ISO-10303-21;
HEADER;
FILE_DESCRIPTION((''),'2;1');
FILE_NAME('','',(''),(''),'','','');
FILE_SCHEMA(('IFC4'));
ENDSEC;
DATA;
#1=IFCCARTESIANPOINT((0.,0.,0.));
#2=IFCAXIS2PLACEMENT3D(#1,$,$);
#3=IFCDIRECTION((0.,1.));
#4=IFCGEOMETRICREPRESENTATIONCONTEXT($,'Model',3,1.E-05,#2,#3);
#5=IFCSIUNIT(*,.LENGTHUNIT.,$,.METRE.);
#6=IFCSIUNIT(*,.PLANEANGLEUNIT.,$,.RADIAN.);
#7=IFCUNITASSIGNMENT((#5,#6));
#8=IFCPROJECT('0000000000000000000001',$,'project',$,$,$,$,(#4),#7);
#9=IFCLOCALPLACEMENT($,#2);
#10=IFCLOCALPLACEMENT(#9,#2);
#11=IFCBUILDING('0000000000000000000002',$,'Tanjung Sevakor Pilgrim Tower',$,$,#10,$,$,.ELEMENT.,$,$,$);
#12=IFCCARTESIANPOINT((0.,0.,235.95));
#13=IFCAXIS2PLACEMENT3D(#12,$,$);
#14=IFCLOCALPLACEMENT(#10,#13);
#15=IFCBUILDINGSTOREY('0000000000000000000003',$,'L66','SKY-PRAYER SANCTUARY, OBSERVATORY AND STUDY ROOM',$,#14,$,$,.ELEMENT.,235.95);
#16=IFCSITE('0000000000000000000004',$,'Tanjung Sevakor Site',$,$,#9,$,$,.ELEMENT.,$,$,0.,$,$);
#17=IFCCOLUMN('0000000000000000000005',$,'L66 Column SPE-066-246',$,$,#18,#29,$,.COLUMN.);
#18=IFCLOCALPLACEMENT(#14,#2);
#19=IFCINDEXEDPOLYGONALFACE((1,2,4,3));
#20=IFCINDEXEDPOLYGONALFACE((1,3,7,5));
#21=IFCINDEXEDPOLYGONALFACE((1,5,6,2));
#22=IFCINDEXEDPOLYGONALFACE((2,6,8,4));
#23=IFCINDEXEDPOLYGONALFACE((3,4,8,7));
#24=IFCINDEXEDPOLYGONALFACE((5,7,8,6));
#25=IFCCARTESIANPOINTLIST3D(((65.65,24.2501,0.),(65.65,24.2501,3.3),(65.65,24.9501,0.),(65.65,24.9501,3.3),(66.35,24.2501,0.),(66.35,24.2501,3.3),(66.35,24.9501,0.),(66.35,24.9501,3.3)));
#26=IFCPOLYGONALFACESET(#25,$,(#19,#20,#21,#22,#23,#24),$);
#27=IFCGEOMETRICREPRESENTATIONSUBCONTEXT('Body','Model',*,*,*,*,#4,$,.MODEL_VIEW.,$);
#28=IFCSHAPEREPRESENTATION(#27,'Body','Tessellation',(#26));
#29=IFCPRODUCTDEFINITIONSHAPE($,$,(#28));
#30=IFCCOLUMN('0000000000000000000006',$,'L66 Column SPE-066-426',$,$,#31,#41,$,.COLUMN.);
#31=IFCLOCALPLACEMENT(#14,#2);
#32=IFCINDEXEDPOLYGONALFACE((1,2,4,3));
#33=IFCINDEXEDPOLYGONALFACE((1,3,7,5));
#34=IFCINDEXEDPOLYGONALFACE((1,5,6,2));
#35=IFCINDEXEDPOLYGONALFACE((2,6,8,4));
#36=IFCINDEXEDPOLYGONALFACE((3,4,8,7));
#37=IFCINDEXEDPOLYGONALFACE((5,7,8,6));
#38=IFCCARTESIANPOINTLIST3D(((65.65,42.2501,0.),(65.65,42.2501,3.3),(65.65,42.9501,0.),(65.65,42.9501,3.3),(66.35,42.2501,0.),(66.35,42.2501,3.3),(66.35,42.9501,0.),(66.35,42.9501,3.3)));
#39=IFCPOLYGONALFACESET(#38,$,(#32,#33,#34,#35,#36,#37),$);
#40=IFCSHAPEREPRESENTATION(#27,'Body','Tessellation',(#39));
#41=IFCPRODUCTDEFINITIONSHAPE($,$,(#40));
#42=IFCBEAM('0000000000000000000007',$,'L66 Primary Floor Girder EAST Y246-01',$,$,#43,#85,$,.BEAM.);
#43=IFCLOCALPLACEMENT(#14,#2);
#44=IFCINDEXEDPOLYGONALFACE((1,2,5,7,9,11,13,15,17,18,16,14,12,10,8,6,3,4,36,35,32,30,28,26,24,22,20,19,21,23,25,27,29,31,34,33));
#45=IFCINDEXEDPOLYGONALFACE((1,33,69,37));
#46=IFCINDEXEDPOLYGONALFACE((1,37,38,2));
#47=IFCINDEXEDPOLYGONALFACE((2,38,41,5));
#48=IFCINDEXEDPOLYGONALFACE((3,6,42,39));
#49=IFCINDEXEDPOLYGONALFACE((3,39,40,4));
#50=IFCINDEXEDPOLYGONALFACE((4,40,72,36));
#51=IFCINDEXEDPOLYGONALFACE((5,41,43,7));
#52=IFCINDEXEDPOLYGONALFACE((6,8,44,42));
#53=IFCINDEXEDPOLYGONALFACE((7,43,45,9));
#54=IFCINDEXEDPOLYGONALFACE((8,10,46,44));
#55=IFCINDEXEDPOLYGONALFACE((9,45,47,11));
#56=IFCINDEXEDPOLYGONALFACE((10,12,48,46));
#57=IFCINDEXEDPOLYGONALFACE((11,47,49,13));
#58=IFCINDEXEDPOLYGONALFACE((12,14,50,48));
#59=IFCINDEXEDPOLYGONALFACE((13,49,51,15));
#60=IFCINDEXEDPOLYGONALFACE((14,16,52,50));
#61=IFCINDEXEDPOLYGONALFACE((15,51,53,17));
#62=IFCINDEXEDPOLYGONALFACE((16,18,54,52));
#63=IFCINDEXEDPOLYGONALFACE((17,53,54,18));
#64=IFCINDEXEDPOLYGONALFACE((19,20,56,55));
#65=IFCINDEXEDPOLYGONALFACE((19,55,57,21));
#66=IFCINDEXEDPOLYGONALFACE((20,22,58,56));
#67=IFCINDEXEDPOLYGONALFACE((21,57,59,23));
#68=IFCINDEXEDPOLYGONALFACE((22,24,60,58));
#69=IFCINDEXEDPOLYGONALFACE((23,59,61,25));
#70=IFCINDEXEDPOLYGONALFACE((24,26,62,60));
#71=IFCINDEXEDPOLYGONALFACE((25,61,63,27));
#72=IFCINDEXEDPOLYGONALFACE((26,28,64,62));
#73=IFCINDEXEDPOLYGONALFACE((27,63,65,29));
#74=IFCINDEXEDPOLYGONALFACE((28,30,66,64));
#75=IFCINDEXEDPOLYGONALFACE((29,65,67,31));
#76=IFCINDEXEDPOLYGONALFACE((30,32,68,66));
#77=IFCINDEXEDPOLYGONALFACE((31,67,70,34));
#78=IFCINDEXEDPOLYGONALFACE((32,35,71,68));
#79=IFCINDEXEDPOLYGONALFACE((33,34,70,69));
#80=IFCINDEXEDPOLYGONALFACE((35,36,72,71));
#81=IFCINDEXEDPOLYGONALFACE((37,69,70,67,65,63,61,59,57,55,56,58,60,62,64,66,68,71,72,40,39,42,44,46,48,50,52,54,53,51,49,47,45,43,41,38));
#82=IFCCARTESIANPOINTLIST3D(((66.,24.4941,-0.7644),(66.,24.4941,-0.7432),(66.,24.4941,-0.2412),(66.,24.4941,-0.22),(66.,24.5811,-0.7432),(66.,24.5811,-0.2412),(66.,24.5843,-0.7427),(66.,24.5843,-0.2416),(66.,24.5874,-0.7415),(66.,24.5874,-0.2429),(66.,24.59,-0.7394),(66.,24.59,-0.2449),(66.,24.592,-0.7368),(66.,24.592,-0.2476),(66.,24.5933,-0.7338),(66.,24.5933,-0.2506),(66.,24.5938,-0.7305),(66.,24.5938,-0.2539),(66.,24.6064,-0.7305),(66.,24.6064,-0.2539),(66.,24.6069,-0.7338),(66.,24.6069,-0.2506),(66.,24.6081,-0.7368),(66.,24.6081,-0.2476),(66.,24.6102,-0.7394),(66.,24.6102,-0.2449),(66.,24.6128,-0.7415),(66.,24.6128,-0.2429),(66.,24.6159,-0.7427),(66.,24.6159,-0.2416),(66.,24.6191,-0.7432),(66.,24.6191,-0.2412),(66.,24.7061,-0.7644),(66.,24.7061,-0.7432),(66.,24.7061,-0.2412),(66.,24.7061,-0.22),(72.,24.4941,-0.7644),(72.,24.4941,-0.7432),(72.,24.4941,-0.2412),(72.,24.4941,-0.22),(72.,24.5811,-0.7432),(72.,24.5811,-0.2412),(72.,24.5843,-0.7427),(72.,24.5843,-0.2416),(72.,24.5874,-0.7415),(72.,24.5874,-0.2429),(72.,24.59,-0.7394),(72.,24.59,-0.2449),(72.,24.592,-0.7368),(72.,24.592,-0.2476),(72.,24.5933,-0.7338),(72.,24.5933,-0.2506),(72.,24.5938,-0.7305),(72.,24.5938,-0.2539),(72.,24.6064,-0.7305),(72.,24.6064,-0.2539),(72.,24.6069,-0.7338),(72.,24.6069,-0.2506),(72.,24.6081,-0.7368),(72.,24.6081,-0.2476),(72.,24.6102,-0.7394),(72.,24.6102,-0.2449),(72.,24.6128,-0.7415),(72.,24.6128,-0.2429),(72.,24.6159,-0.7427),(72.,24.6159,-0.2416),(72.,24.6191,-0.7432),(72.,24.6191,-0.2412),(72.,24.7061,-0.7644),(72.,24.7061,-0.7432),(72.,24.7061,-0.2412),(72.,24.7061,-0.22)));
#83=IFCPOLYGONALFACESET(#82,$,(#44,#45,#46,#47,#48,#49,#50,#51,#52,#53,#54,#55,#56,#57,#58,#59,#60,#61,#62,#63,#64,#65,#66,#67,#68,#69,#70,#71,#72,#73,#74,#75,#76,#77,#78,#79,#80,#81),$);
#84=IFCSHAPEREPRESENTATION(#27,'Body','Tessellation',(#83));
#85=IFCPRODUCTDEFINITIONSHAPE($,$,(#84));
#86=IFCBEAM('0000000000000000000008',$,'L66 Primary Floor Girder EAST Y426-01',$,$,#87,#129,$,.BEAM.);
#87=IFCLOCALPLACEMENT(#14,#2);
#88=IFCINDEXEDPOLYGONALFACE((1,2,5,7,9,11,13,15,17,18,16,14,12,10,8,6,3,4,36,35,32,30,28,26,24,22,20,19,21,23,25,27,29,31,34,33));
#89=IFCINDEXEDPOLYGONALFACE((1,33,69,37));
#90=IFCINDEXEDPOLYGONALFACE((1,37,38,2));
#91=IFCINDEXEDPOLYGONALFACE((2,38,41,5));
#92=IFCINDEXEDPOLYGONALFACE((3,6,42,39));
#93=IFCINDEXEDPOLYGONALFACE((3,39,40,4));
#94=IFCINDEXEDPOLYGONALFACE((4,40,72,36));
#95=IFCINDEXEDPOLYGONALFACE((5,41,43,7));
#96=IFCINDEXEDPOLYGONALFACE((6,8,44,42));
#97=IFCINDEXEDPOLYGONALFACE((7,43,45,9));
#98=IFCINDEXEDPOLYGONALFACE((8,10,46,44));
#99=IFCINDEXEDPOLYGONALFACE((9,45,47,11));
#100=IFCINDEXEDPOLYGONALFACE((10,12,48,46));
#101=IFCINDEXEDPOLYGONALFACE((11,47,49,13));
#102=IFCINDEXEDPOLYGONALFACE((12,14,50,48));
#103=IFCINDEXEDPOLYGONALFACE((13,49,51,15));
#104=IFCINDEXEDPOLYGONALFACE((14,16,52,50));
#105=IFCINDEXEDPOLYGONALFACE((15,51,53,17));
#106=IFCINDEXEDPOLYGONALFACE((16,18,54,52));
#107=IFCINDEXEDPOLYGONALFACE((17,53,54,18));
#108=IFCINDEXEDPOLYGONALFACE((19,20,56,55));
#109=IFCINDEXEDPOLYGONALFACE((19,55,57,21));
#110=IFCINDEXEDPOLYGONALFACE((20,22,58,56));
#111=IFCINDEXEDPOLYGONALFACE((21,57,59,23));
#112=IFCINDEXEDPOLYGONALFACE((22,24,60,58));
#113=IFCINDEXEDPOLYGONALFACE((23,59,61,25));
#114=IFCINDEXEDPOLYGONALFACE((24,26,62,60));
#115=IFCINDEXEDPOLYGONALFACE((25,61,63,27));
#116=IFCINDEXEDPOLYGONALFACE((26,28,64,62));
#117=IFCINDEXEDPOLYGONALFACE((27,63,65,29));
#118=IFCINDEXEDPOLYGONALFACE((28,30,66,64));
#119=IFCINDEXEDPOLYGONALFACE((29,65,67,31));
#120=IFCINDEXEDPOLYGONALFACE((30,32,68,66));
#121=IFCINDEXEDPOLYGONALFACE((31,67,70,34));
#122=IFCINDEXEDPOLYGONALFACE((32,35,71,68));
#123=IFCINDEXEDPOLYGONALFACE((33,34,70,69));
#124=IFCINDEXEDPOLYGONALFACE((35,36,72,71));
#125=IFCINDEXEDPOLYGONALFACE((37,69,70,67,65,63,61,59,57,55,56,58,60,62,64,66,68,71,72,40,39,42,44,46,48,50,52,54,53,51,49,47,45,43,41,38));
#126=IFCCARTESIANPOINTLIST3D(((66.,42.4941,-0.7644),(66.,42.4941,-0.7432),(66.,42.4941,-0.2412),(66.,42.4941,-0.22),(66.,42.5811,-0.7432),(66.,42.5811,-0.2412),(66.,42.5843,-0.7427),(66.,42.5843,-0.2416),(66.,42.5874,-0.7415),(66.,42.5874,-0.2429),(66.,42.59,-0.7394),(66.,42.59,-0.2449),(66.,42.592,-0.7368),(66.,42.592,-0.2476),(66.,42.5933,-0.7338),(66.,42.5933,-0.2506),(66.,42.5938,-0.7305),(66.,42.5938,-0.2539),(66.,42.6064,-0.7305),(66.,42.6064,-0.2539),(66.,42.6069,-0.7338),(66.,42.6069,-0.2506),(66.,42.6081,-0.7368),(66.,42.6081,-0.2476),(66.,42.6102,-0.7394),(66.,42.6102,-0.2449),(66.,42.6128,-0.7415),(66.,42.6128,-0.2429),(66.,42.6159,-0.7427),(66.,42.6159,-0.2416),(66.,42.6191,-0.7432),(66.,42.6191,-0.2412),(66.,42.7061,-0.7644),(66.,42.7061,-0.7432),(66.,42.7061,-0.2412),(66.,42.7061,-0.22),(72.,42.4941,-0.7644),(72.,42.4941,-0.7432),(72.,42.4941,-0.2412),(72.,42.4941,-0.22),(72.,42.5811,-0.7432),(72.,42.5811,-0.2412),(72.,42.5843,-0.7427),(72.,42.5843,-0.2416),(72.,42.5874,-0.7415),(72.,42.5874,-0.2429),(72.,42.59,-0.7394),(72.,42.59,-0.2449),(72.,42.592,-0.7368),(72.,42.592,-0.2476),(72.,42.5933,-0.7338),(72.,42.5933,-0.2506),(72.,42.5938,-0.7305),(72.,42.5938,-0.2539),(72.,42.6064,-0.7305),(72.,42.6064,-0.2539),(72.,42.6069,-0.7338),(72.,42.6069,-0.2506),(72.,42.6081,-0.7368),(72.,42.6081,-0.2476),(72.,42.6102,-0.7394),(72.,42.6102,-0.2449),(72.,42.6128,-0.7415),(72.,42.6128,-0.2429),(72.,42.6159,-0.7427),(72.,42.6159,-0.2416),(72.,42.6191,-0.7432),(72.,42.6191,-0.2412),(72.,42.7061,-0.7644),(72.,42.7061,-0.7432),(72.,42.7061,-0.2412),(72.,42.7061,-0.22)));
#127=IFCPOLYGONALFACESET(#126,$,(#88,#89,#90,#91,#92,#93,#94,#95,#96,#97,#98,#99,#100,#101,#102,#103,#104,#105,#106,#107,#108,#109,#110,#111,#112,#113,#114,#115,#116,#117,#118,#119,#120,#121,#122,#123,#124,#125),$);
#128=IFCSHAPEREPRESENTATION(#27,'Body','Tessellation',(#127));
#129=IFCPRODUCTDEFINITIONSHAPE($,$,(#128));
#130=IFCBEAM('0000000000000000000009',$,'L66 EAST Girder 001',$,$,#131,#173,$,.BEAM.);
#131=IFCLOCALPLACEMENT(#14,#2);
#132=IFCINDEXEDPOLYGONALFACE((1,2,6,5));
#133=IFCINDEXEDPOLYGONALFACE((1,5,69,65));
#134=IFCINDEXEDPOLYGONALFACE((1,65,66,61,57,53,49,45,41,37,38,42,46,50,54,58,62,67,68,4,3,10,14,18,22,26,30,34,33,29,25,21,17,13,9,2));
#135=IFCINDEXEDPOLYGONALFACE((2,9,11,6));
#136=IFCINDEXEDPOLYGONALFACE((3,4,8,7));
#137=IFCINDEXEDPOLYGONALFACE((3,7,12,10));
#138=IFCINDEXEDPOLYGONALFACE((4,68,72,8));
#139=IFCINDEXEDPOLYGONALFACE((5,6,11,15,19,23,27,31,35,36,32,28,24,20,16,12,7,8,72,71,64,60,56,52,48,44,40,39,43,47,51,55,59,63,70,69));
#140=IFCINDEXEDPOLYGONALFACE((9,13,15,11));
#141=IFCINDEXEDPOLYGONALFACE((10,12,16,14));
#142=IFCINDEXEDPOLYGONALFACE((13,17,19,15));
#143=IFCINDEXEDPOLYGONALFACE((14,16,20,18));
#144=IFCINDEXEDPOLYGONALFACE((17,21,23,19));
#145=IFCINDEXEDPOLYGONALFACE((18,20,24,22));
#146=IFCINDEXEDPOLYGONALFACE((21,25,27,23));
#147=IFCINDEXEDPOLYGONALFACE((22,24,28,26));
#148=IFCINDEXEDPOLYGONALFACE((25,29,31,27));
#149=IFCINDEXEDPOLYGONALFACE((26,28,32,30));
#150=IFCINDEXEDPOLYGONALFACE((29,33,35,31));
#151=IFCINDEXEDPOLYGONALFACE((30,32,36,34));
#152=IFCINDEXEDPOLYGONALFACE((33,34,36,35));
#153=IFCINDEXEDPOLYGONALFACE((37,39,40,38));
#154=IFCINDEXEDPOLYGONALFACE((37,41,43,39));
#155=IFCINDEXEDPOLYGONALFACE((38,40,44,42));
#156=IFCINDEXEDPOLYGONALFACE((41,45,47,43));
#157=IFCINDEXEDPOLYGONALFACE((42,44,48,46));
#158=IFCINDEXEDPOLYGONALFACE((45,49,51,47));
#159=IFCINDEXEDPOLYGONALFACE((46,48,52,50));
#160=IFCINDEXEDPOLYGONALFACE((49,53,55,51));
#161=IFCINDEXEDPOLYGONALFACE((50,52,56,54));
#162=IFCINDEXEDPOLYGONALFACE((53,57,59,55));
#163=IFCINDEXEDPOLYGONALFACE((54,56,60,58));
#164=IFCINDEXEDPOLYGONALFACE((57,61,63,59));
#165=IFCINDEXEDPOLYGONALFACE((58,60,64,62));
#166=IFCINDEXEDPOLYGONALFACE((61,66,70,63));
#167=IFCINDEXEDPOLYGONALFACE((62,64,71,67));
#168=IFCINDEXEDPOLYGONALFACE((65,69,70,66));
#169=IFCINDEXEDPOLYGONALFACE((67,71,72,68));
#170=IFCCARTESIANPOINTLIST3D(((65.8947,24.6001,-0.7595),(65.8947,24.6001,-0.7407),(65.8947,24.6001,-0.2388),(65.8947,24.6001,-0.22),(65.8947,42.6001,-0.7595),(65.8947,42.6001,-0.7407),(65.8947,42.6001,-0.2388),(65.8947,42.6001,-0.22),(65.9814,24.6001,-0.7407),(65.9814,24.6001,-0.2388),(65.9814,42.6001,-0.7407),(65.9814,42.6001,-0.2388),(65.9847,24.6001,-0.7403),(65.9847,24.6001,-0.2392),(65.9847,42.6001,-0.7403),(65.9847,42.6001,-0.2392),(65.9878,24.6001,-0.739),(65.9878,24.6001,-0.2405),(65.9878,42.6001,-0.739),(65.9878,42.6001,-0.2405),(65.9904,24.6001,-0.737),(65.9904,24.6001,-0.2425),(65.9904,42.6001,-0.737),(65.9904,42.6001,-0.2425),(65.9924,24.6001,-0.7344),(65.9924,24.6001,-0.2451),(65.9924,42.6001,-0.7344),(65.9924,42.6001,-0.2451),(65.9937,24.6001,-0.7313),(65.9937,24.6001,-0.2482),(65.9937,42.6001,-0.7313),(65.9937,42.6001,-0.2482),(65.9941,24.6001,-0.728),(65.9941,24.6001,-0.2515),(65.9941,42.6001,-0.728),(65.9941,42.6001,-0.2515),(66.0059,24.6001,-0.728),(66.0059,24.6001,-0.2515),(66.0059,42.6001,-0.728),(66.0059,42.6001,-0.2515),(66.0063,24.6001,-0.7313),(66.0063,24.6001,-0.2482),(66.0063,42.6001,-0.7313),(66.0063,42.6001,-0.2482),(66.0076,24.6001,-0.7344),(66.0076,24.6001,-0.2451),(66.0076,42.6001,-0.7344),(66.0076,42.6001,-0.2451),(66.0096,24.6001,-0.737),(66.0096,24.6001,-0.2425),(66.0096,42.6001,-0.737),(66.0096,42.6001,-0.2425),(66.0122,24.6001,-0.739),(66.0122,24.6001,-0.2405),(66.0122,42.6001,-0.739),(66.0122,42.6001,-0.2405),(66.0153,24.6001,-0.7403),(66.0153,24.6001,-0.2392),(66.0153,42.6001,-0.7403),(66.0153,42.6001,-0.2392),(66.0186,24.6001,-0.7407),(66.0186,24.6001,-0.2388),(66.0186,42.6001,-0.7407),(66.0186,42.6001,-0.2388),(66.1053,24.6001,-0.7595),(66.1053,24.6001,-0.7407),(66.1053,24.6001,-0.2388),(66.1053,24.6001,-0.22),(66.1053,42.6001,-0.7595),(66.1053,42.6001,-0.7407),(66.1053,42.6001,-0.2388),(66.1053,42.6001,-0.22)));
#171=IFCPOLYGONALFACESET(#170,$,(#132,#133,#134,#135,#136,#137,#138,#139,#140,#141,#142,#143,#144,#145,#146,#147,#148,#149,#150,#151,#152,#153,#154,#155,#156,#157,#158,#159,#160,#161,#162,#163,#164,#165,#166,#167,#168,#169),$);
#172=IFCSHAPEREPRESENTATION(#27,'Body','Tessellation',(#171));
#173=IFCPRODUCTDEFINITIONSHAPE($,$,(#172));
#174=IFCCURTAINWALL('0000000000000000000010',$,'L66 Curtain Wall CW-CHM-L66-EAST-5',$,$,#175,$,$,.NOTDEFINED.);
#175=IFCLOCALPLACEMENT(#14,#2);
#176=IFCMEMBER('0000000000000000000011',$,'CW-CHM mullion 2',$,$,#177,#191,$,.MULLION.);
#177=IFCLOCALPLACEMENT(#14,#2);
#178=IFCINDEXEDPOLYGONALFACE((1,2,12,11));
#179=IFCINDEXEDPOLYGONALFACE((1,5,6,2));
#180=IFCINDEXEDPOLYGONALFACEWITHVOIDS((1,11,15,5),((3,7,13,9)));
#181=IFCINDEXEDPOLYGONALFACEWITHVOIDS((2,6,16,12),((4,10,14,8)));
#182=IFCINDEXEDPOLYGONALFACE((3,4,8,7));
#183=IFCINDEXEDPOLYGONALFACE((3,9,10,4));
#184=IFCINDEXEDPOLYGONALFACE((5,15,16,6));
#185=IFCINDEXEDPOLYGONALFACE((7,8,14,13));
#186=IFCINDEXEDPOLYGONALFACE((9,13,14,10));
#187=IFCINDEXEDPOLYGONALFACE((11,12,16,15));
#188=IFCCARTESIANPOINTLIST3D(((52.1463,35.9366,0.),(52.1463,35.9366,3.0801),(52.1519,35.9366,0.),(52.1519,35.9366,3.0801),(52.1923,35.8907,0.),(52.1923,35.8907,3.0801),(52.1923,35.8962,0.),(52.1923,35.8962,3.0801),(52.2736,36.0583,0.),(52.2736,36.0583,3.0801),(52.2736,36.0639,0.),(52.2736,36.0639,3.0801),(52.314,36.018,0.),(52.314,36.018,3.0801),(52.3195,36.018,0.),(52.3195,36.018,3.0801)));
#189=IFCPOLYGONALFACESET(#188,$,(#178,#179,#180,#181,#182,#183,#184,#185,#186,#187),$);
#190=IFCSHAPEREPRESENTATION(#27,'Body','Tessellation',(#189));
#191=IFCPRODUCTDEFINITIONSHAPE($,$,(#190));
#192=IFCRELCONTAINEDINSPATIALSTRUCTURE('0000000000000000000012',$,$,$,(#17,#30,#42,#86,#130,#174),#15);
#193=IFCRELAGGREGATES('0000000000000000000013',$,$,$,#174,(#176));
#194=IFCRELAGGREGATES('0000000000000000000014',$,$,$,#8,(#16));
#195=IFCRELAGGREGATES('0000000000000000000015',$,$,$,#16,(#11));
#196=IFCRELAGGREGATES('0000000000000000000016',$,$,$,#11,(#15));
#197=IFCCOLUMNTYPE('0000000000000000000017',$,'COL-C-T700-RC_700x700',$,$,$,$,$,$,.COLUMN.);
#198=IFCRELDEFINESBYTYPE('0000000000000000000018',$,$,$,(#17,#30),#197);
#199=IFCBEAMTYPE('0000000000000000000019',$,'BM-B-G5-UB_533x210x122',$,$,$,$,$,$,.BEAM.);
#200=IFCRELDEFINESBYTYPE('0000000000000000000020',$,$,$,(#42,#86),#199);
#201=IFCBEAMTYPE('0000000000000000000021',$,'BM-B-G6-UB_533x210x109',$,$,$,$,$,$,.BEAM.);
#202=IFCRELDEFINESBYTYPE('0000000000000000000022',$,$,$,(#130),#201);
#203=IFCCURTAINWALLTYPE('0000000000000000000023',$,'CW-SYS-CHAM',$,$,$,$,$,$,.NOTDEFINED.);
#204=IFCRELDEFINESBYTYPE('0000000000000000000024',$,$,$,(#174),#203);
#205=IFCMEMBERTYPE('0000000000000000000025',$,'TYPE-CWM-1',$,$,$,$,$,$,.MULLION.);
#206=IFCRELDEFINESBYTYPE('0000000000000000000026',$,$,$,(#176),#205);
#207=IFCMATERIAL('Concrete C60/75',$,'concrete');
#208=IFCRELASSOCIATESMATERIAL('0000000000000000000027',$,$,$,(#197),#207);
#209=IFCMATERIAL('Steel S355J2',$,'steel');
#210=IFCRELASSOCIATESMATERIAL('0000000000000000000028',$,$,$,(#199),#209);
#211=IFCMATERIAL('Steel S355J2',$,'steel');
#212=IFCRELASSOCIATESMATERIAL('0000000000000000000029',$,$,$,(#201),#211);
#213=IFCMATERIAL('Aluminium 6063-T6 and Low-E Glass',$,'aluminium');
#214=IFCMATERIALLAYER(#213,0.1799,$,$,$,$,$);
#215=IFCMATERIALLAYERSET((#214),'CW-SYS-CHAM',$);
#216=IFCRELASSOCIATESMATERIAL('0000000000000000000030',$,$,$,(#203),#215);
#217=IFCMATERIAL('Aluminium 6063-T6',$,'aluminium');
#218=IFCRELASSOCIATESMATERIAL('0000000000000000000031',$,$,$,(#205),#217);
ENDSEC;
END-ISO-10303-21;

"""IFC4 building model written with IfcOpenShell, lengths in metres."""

from ifc_helpers import new_model, si_unit, direction, frame, origin, origin_2d, place, context, subcontext, project, spatial, rectangle, hollow_rectangle, i_section, extrude, material, layer, layer_set, material_profile, profile_set, type_object, element, aggregate, save


model = new_model("IFC4")

# Units and contexts
model_context = context("Model", 3, precision=1e-05, world=origin(), true_north=direction((0.0, 1.0)))
body_context = subcontext(model_context, "Body", "Model", "MODEL_VIEW")
ifc_project = project(units=[si_unit("LENGTHUNIT", "METRE"), si_unit("PLANEANGLEUNIT", "RADIAN")], contexts=[model_context])

# Site, building, storey
site_placement = place(None, origin())
site = spatial("IfcSite", under=ifc_project, at=site_placement, Name="Tanjung Sevakor Site", CompositionType="ELEMENT", RefElevation=0.0)
building_placement = place(site_placement, origin())
building = spatial("IfcBuilding", under=site, at=building_placement, Name="Tanjung Sevakor Pilgrim Tower", CompositionType="ELEMENT")
storey_placement = place(building_placement, frame((0.0, 0.0, 235.95)))
storey = spatial("IfcBuildingStorey", under=building, at=storey_placement, Name="L66", Description="SKY-PRAYER SANCTUARY, OBSERVATORY AND STUDY ROOM", CompositionType="ELEMENT", Elevation=235.95)

# Columns
ifc_material_1 = material(Name="Concrete C60/75", Category="concrete")
ifc_material_profile_1 = material_profile(ifc_material_1, rectangle(XDim=0.7, YDim=0.7, at=origin_2d()))
ifc_profile_set_1 = profile_set([ifc_material_profile_1], Name="Concrete C60/75")
column_type = type_object("IfcColumnType", Name="COL-C-T700-RC_700x700", PredefinedType="COLUMN", material=ifc_profile_set_1)
for number, where, z_axis, x_axis, name in (
    (1, (66.0, 24.6001, 0.0), (0.0, 0.0, 1.0), (1.0, 0.0, 0.0), "L66 Column SPE-066-246"),
    (2, (66.0, 42.6001, 0.0), (0.0, 0.0, 1.0), (1.0, 0.0, 0.0), "L66 Column SPE-066-426"),
):
    element("IfcColumn", number, at=place(storey_placement, frame(where, z_axis=z_axis, x_axis=x_axis)), inside=storey, type_object=column_type, Name=name, PredefinedType="COLUMN", context=body_context, shape_type="SweptSolid", body=[
        extrude(rectangle(XDim=0.7, YDim=0.7, at=origin_2d()), origin(), (0.0, 0.0, 1.0), 3.3),
    ])

# Beams
ifc_material_2 = material(Name="Steel S355J2", Category="steel")
ifc_material_profile_2 = material_profile(ifc_material_2, i_section(OverallWidth=0.2119, OverallDepth=0.5444, WebThickness=0.0127, FlangeThickness=0.0212, FilletRadius=0.0127, at=origin_2d()))
ifc_profile_set_2 = profile_set([ifc_material_profile_2], Name="Steel S355J2")
beam_type_1 = type_object("IfcBeamType", Name="BM-B-G5-UB_533x210x122", PredefinedType="BEAM", material=ifc_profile_set_2)
for number, where, z_axis, x_axis, name in (
    (3, (66.0, 24.6001, -0.4922), (1.0, 0.0, 0.0), (0.0, 1.0, 0.0), "L66 Primary Floor Girder EAST Y246-01"),
    (4, (66.0, 42.6001, -0.4922), (1.0, 0.0, 0.0), (0.0, 1.0, 0.0), "L66 Primary Floor Girder EAST Y426-01"),
):
    element("IfcBeam", number, at=place(storey_placement, frame(where, z_axis=z_axis, x_axis=x_axis)), inside=storey, type_object=beam_type_1, Name=name, PredefinedType="BEAM", context=body_context, shape_type="SweptSolid", body=[
        extrude(i_section(OverallWidth=0.2119, OverallDepth=0.5444, WebThickness=0.0127, FlangeThickness=0.0212, FilletRadius=0.0127, at=origin_2d()), origin(), (0.0, 0.0, 1.0), 6.0),
    ])
ifc_material_3 = material(Name="Steel S355J2", Category="steel")
ifc_material_profile_3 = material_profile(ifc_material_3, i_section(OverallWidth=0.2107, OverallDepth=0.5396, WebThickness=0.0117, FlangeThickness=0.0188, FilletRadius=0.0127, at=origin_2d()))
ifc_profile_set_3 = profile_set([ifc_material_profile_3], Name="Steel S355J2")
beam_type_2 = type_object("IfcBeamType", Name="BM-B-G6-UB_533x210x109", PredefinedType="BEAM", material=ifc_profile_set_3)
beam_placement = place(storey_placement, frame((66.0, 24.6001, -0.4897), z_axis=(0.0, 1.0, 0.0), x_axis=(-1.0, 0.0, 0.0)))
element("IfcBeam", 5, at=beam_placement, inside=storey, type_object=beam_type_2, Name="L66 EAST Girder 001", PredefinedType="BEAM", context=body_context, shape_type="SweptSolid", body=[
    extrude(i_section(OverallWidth=0.2107, OverallDepth=0.5396, WebThickness=0.0117, FlangeThickness=0.0188, FilletRadius=0.0127, at=origin_2d()), origin(), (0.0, 0.0, 1.0), 18.0),
])

# Curtain wall, member
ifc_material_4 = material(Name="Aluminium 6063-T6 and Low-E Glass", Category="aluminium")
ifc_layer_1 = layer(ifc_material_4, 0.1799)
ifc_layer_set_1 = layer_set([ifc_layer_1], Name="CW-SYS-CHAM")
curtain_wall_type = type_object("IfcCurtainWallType", Name="CW-SYS-CHAM", PredefinedType="NOTDEFINED", material=ifc_layer_set_1)
curtain_wall_1_placement = place(storey_placement, origin())
curtain_wall_1 = element("IfcCurtainWall", 6, at=curtain_wall_1_placement, inside=storey, type_object=curtain_wall_type, Name="L66 Curtain Wall CW-CHM-L66-EAST-5", PredefinedType="NOTDEFINED")
ifc_material_5 = material(Name="Aluminium 6063-T6", Category="aluminium")
ifc_material_profile_4 = material_profile(ifc_material_5, hollow_rectangle(XDim=0.0649, YDim=0.1799, WallThickness=0.0039, at=origin_2d()))
ifc_profile_set_4 = profile_set([ifc_material_profile_4], Name="Aluminium 6063-T6")
member_type_1 = type_object("IfcMemberType", Name="TYPE-CWM-1", PredefinedType="MULLION", material=ifc_profile_set_4)
member_1_placement = place(storey_placement, frame((52.2329, 35.9773, 0.0), z_axis=(0.0, 0.0, 1.0), x_axis=(0.707107, -0.707107, 0.0)))
member_1 = element("IfcMember", 7, at=member_1_placement, type_object=member_type_1, Name="CW-CHM mullion 2", PredefinedType="MULLION", context=body_context, shape_type="SweptSolid", body=[
    extrude(hollow_rectangle(XDim=0.0649, YDim=0.1799, WallThickness=0.0039, at=origin_2d()), origin(), (0.0, 0.0, 1.0), 3.0801),
])

aggregate(curtain_wall_1, [member_1])

save(model, "model.ifc")
